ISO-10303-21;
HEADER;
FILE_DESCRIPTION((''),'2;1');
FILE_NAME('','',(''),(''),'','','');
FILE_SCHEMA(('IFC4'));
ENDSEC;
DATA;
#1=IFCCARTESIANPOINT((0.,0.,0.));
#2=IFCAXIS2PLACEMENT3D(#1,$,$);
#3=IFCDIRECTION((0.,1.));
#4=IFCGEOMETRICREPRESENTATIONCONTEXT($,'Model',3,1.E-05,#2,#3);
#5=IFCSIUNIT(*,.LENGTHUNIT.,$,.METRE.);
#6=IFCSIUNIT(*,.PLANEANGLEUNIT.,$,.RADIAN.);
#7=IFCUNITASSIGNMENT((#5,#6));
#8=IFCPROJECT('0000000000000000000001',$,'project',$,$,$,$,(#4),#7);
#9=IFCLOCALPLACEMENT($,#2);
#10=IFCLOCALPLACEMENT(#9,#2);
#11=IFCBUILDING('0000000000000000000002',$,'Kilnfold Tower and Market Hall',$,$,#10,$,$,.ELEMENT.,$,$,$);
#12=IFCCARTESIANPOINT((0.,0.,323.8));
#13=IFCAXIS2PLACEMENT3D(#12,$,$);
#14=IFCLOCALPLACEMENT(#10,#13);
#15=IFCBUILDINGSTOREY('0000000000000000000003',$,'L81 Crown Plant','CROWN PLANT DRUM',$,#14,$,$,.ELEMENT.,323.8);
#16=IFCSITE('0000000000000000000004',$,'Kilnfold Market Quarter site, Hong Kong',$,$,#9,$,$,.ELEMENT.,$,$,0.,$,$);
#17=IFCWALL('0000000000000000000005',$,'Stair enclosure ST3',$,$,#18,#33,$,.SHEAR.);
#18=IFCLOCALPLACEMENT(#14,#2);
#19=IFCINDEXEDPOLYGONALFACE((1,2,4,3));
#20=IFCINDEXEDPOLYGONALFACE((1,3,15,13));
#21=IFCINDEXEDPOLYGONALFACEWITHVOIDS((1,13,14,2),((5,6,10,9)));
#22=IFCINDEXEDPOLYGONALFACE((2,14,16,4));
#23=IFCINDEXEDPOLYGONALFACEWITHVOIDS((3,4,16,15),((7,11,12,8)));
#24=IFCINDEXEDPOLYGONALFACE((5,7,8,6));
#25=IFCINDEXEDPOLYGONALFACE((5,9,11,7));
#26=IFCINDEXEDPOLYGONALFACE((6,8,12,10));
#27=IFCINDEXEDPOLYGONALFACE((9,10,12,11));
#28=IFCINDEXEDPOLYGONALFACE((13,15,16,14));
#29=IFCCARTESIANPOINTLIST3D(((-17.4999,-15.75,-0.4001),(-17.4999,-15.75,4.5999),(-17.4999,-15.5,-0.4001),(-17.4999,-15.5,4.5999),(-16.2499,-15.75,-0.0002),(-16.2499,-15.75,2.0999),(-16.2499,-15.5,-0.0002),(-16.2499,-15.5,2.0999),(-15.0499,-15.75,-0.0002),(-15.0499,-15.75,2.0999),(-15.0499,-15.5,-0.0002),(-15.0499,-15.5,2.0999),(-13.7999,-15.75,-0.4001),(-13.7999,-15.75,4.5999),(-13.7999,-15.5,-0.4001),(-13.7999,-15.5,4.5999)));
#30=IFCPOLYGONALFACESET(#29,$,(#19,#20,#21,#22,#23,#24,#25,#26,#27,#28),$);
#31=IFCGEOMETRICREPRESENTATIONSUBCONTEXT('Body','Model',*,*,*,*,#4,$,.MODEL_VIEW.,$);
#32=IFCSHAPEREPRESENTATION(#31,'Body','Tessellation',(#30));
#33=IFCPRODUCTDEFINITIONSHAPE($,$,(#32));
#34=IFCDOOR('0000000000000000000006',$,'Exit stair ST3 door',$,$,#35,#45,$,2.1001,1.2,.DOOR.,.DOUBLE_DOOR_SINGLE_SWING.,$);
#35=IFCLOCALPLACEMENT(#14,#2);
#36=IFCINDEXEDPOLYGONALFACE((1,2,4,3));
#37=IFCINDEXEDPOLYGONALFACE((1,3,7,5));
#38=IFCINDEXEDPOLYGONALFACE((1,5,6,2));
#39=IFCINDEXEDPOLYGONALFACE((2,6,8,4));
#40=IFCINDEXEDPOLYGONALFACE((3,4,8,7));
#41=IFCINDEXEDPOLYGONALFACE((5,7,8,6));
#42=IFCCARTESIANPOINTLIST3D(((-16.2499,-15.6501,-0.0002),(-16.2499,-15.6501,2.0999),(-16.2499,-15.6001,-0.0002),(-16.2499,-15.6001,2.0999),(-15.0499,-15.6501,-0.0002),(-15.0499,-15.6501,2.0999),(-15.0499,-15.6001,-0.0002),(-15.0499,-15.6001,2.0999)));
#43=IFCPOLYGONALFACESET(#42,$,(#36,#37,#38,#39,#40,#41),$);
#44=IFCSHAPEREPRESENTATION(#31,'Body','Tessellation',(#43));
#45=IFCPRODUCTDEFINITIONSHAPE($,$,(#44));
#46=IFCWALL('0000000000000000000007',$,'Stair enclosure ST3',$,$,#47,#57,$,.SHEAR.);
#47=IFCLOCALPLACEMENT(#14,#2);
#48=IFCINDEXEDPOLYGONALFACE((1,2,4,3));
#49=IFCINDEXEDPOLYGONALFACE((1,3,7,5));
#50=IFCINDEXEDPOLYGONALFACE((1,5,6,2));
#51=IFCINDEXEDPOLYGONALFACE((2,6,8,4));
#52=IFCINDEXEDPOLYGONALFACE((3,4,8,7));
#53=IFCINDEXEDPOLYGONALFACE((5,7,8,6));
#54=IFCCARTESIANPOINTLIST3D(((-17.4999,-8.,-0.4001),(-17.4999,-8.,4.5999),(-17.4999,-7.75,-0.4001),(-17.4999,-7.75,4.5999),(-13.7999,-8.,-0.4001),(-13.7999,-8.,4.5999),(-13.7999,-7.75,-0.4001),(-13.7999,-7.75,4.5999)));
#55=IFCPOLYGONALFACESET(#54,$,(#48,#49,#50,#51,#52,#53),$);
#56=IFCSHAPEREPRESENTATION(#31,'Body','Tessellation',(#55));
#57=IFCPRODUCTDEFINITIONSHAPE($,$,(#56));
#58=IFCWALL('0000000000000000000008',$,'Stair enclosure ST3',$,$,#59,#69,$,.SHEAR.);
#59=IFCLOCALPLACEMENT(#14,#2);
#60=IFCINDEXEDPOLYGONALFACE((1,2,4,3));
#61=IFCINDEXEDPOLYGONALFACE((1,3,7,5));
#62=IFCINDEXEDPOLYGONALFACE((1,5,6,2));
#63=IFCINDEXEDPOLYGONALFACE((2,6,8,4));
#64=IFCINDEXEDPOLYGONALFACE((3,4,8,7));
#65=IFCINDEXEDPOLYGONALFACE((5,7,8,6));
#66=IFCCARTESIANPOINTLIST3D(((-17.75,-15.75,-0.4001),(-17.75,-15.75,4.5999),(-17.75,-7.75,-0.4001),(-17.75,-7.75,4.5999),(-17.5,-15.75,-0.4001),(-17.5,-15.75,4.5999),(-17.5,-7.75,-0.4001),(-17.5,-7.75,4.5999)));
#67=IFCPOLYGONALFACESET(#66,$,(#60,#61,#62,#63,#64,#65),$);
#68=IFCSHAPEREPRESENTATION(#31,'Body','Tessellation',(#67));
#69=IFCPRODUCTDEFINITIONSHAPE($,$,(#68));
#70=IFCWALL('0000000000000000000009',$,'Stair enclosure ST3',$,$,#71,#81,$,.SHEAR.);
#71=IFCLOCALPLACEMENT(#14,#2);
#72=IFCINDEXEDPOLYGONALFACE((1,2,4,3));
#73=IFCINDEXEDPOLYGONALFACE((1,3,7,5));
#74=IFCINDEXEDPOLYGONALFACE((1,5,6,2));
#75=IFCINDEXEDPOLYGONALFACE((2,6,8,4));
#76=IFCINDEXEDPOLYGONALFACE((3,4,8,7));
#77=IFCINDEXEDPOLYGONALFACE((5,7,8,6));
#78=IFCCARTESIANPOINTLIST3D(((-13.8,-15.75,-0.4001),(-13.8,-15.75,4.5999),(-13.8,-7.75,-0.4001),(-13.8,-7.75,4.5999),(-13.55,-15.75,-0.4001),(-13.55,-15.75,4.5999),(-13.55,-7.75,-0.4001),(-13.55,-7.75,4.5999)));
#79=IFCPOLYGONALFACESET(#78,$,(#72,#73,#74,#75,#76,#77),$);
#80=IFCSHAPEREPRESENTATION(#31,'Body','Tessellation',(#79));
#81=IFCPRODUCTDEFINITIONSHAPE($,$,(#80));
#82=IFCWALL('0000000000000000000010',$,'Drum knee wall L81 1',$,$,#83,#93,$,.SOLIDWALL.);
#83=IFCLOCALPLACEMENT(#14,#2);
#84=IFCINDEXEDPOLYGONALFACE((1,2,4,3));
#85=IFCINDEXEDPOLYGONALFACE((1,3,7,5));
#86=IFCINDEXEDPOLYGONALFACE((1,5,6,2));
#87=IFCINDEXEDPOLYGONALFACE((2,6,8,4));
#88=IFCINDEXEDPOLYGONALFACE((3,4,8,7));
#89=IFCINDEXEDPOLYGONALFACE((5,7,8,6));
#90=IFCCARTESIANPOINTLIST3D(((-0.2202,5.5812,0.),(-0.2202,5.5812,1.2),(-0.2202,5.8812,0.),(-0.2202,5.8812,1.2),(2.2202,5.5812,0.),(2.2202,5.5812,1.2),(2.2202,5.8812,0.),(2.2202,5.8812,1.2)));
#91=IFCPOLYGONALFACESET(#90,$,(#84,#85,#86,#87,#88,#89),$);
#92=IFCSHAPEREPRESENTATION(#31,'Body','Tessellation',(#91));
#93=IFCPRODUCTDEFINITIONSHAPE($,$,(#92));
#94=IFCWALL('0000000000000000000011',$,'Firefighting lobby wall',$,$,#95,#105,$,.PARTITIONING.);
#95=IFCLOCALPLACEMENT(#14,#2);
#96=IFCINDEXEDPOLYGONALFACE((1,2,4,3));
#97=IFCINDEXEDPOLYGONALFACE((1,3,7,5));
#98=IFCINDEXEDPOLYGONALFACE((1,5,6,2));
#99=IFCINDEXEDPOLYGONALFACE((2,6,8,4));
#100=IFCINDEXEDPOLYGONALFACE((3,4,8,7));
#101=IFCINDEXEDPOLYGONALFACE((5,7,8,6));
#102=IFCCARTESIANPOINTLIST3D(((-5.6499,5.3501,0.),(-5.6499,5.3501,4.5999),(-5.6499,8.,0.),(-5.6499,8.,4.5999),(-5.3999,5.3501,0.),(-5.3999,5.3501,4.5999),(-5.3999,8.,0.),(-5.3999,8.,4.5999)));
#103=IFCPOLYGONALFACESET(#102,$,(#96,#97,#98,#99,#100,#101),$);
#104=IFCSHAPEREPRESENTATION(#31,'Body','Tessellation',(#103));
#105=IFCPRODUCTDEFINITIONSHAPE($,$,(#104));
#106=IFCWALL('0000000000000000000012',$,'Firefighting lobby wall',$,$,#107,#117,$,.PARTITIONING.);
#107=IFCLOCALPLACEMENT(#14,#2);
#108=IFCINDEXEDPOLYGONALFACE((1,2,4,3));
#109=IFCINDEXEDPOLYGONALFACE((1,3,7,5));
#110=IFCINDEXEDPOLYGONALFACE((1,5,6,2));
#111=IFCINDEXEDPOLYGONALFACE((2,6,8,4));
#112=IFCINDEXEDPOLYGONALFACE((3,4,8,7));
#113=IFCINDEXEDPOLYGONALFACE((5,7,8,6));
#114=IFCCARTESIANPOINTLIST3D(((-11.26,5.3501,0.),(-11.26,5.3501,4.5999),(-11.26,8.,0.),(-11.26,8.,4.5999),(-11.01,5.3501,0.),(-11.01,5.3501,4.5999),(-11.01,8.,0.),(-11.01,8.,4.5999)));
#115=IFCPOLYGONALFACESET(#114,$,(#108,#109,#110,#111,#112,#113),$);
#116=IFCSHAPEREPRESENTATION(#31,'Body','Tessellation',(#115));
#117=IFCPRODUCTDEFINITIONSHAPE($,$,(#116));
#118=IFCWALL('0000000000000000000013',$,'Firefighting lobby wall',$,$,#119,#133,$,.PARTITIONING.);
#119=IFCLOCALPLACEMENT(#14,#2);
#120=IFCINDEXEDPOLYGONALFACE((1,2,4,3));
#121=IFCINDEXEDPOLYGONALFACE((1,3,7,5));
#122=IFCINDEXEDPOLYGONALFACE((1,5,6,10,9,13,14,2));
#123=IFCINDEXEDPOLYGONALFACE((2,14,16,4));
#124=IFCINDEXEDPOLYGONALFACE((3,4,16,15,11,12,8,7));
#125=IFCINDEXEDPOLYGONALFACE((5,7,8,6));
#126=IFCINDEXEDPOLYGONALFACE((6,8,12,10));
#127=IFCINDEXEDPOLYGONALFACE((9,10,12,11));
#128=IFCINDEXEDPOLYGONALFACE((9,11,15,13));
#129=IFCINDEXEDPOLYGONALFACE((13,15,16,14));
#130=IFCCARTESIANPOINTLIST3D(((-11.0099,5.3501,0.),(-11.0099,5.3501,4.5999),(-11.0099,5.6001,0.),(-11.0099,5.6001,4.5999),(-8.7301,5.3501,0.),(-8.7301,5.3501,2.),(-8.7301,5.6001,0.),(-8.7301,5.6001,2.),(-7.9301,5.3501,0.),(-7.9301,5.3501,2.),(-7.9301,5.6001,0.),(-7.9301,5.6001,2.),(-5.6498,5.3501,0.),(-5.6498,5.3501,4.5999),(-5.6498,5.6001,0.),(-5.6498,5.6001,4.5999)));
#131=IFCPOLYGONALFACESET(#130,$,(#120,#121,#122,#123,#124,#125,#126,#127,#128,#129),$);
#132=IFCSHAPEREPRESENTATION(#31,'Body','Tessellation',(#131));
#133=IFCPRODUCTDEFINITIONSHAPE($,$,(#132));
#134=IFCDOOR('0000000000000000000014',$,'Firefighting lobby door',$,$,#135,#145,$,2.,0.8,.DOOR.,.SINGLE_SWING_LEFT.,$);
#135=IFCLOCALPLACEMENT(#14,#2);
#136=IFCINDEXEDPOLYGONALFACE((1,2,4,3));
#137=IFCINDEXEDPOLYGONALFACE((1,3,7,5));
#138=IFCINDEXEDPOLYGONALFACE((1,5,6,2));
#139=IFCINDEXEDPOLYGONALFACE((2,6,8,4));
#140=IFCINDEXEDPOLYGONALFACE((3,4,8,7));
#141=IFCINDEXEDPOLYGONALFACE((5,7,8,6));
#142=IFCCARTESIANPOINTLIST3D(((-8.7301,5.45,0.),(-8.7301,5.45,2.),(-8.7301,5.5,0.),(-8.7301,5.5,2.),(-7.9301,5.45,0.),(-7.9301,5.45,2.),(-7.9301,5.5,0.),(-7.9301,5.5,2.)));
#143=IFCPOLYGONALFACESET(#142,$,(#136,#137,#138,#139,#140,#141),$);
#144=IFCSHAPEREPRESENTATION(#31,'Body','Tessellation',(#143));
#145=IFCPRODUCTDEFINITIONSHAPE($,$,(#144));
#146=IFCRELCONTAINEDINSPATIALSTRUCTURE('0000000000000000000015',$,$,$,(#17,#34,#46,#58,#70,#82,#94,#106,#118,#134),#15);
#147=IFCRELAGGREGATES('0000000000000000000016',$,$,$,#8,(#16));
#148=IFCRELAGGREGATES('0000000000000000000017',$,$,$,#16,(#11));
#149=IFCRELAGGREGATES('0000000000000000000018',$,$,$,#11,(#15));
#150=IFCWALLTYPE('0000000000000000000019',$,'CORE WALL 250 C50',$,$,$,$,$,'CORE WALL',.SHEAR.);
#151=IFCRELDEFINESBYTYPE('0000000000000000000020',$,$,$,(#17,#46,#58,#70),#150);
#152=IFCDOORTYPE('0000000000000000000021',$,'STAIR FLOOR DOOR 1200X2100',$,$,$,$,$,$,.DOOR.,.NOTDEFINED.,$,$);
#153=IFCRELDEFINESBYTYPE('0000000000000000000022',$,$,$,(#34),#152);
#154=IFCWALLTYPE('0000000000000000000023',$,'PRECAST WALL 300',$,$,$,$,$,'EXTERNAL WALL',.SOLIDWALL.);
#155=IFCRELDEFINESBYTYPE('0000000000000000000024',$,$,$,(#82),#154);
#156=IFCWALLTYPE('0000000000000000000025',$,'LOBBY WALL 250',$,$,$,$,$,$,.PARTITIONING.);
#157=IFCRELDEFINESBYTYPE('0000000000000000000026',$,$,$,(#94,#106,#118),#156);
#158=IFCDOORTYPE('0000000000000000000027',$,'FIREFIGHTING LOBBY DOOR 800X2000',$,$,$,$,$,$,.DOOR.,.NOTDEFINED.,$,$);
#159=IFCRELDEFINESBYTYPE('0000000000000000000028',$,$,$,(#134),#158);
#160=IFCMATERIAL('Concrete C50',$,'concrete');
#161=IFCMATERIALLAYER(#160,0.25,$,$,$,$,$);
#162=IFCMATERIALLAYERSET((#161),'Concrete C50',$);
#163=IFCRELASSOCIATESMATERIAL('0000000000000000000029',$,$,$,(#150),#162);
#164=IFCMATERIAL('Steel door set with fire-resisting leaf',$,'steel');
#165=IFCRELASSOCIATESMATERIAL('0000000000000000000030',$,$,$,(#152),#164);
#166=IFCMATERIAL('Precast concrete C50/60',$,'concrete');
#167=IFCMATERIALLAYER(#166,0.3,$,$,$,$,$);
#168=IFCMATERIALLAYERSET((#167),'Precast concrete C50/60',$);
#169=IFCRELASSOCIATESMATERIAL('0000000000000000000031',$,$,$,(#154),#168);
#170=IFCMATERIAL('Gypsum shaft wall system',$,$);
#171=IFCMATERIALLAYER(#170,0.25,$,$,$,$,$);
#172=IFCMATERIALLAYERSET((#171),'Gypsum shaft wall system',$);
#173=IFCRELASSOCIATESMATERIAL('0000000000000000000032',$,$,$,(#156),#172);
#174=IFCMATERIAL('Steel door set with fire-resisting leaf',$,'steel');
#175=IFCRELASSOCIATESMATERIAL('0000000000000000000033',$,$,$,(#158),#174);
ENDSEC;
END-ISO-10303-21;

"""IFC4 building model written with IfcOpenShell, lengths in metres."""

from ifc_helpers import new_model, si_unit, direction, frame, frame_2d, origin, place, context, subcontext, project, spatial, rectangle, extrude, source, transform, mapped, material, layer, layer_set, type_object, element, fill, save


model = new_model("IFC4")

# Units and contexts
model_context = context("Model", 3, precision=1e-05, world=origin(), true_north=direction((0.0, 1.0)))
body_context = subcontext(model_context, "Body", "Model", "MODEL_VIEW")
ifc_project = project(units=[si_unit("LENGTHUNIT", "METRE"), si_unit("PLANEANGLEUNIT", "RADIAN")], contexts=[model_context])

# Site, building, storey
site_placement = place(None, origin())
site = spatial("IfcSite", under=ifc_project, at=site_placement, Name="Kilnfold Market Quarter site, Hong Kong", CompositionType="ELEMENT", RefElevation=0.0)
building_placement = place(site_placement, origin())
building = spatial("IfcBuilding", under=site, at=building_placement, Name="Kilnfold Tower and Market Hall", CompositionType="ELEMENT")
storey_placement = place(building_placement, frame((0.0, 0.0, 323.8)))
storey = spatial("IfcBuildingStorey", under=building, at=storey_placement, Name="L81 Crown Plant", Description="CROWN PLANT DRUM", CompositionType="ELEMENT", Elevation=323.8)

# Wall, opening, door
ifc_material_1 = material(Name="Concrete C50", Category="concrete")
ifc_layer_1 = layer(ifc_material_1, 0.25)
ifc_layer_set_1 = layer_set([ifc_layer_1], Name="Concrete C50")
wall_type_1 = type_object("IfcWallType", Name="CORE WALL 250 C50", ElementType="CORE WALL", PredefinedType="SHEAR", material=ifc_layer_set_1)
shared_shape_1 = source(origin(), body_context, "Body", "SweptSolid", [
    extrude(rectangle(XDim=3.7, YDim=0.25, at=frame_2d((1.8501, 0.0))), origin(), (0.0, 0.0, 1.0), 5.0),
])
wall_1_placement = place(storey_placement, frame((-17.5, -15.625, -0.4001), z_axis=(0.0, 0.0, 1.0), x_axis=(1.0, 0.0, 0.0)))
wall_1 = element("IfcWall", 1, at=wall_1_placement, inside=storey, type_object=wall_type_1, Name="Stair enclosure ST3", PredefinedType="SHEAR", context=body_context, shape_type="MappedRepresentation", body=[
    mapped(shared_shape_1, transform((0.0, 0.0, 0.0))),
])
opening_1_placement = place(wall_1_placement, frame((1.25, 0.0, 0.3999)))
opening_1 = element("IfcOpeningElement", 2, at=opening_1_placement, cuts=wall_1, PredefinedType="OPENING", context=body_context, shape_type="SweptSolid", body=[
    extrude(rectangle(XDim=1.2, YDim=2.1001, at=frame_2d((0.6001, 1.05))), frame((0.0, 0.135, 0.0), z_axis=(0.0, -1.0, 0.0), x_axis=(1.0, 0.0, 0.0)), (0.0, 0.0, 1.0), 0.27),
])
ifc_material_2 = material(Name="Steel door set with fire-resisting leaf", Category="steel")
door_type_1 = type_object("IfcDoorType", Name="STAIR FLOOR DOOR 1200X2100", OperationType="NOTDEFINED", PredefinedType="DOOR", material=ifc_material_2)
door_1_placement = place(opening_1_placement, origin())
door_1 = element("IfcDoor", 3, at=door_1_placement, inside=storey, type_object=door_type_1, Name="Exit stair ST3 door", OperationType="DOUBLE_DOOR_SINGLE_SWING", OverallHeight=2.1001, OverallWidth=1.2, PredefinedType="DOOR", context=body_context, shape_type="SweptSolid", body=[
    extrude(rectangle(XDim=1.2, YDim=2.1001, at=frame_2d((0.6001, 1.05))), frame((0.0, 0.0249, 0.0), z_axis=(0.0, -1.0, 0.0), x_axis=(1.0, 0.0, 0.0)), (0.0, 0.0, 1.0), 0.05),
])
fill(opening_1, door_1)

# Walls
wall_2_placement = place(storey_placement, frame((-17.5, -7.875, -0.4001), z_axis=(0.0, 0.0, 1.0), x_axis=(1.0, 0.0, 0.0)))
element("IfcWall", 4, at=wall_2_placement, inside=storey, type_object=wall_type_1, Name="Stair enclosure ST3", PredefinedType="SHEAR", context=body_context, shape_type="MappedRepresentation", body=[
    mapped(shared_shape_1, transform((0.0, 0.0, 0.0))),
])
shared_shape_2 = source(origin(), body_context, "Body", "SweptSolid", [
    extrude(rectangle(XDim=8.0, YDim=0.25, at=frame_2d((4.0, 0.0))), origin(), (0.0, 0.0, 1.0), 5.0),
])
for number, where, z_axis, x_axis, name in (
    (5, (-17.625, -15.75, -0.4001), (0.0, 0.0, 1.0), (0.0, 1.0, 0.0), "Stair enclosure ST3"),
    (6, (-13.675, -15.75, -0.4001), (0.0, 0.0, 1.0), (0.0, 1.0, 0.0), "Stair enclosure ST3"),
):
    element("IfcWall", number, at=place(storey_placement, frame(where, z_axis=z_axis, x_axis=x_axis)), inside=storey, type_object=wall_type_1, Name=name, PredefinedType="SHEAR", context=body_context, shape_type="MappedRepresentation", body=[
        mapped(shared_shape_2, transform((0.0, 0.0, 0.0))),
    ])
ifc_material_3 = material(Name="Precast concrete C50/60", Category="concrete")
ifc_layer_2 = layer(ifc_material_3, 0.3)
ifc_layer_set_2 = layer_set([ifc_layer_2], Name="Precast concrete C50/60")
wall_type_2 = type_object("IfcWallType", Name="PRECAST WALL 300", ElementType="EXTERNAL WALL", PredefinedType="SOLIDWALL", material=ifc_layer_set_2)
shared_shape_3 = source(origin(), body_context, "Body", "SweptSolid", [
    extrude(rectangle(XDim=2.4404, YDim=0.3, at=frame_2d((1.2202, 0.0))), origin(), (0.0, 0.0, 1.0), 1.2),
])
wall_3_placement = place(storey_placement, frame((-0.2202, 5.7312, 0.0), z_axis=(0.0, 0.0, 1.0), x_axis=(1.0, 0.0, 0.0)))
element("IfcWall", 7, at=wall_3_placement, inside=storey, type_object=wall_type_2, Name="Drum knee wall L81 1", PredefinedType="SOLIDWALL", context=body_context, shape_type="MappedRepresentation", body=[
    mapped(shared_shape_3, transform((0.0, 0.0, 0.0))),
])
ifc_material_4 = material(Name="Gypsum shaft wall system")
ifc_layer_3 = layer(ifc_material_4, 0.25)
ifc_layer_set_3 = layer_set([ifc_layer_3], Name="Gypsum shaft wall system")
wall_type_3 = type_object("IfcWallType", Name="LOBBY WALL 250", PredefinedType="PARTITIONING", material=ifc_layer_set_3)
shared_shape_4 = source(origin(), body_context, "Body", "SweptSolid", [
    extrude(rectangle(XDim=2.6499, YDim=0.25, at=frame_2d((1.325, 0.0))), origin(), (0.0, 0.0, 1.0), 4.5999),
])
for number, where, z_axis, x_axis, name in (
    (8, (-5.5249, 5.3501, 0.0), (0.0, 0.0, 1.0), (0.0, 1.0, 0.0), "Firefighting lobby wall"),
    (9, (-11.135, 5.3501, 0.0), (0.0, 0.0, 1.0), (0.0, 1.0, 0.0), "Firefighting lobby wall"),
):
    element("IfcWall", number, at=place(storey_placement, frame(where, z_axis=z_axis, x_axis=x_axis)), inside=storey, type_object=wall_type_3, Name=name, PredefinedType="PARTITIONING", context=body_context, shape_type="MappedRepresentation", body=[
        mapped(shared_shape_4, transform((0.0, 0.0, 0.0))),
    ])

# Wall, opening, door
shared_shape_5 = source(origin(), body_context, "Body", "SweptSolid", [
    extrude(rectangle(XDim=5.3601, YDim=0.25, at=frame_2d((2.6802, 0.0))), origin(), (0.0, 0.0, 1.0), 4.5999),
])
wall_4_placement = place(storey_placement, frame((-11.01, 5.4751, 0.0), z_axis=(0.0, 0.0, 1.0), x_axis=(1.0, 0.0, 0.0)))
wall_4 = element("IfcWall", 10, at=wall_4_placement, inside=storey, type_object=wall_type_3, Name="Firefighting lobby wall", PredefinedType="PARTITIONING", context=body_context, shape_type="MappedRepresentation", body=[
    mapped(shared_shape_5, transform((0.0, 0.0, 0.0))),
])
opening_2_placement = place(wall_4_placement, frame((2.28, 0.0, 0.0)))
opening_2 = element("IfcOpeningElement", 11, at=opening_2_placement, cuts=wall_4, PredefinedType="OPENING", context=body_context, shape_type="SweptSolid", body=[
    extrude(rectangle(XDim=0.8, YDim=2.0, at=frame_2d((0.3999, 1.0))), frame((0.0, 0.135, 0.0), z_axis=(0.0, -1.0, 0.0), x_axis=(1.0, 0.0, 0.0)), (0.0, 0.0, 1.0), 0.27),
])
ifc_material_5 = material(Name="Steel door set with fire-resisting leaf", Category="steel")
door_type_2 = type_object("IfcDoorType", Name="FIREFIGHTING LOBBY DOOR 800X2000", OperationType="NOTDEFINED", PredefinedType="DOOR", material=ifc_material_5)
door_2_placement = place(opening_2_placement, origin())
door_2 = element("IfcDoor", 12, at=door_2_placement, inside=storey, type_object=door_type_2, Name="Firefighting lobby door", OperationType="SINGLE_SWING_LEFT", OverallHeight=2.0, OverallWidth=0.8, PredefinedType="DOOR", context=body_context, shape_type="SweptSolid", body=[
    extrude(rectangle(XDim=0.8, YDim=2.0, at=frame_2d((0.3999, 1.0))), frame((0.0, 0.0249, 0.0), z_axis=(0.0, -1.0, 0.0), x_axis=(1.0, 0.0, 0.0)), (0.0, 0.0, 1.0), 0.05),
])
fill(opening_2, door_2)

save(model, "model.ifc")
